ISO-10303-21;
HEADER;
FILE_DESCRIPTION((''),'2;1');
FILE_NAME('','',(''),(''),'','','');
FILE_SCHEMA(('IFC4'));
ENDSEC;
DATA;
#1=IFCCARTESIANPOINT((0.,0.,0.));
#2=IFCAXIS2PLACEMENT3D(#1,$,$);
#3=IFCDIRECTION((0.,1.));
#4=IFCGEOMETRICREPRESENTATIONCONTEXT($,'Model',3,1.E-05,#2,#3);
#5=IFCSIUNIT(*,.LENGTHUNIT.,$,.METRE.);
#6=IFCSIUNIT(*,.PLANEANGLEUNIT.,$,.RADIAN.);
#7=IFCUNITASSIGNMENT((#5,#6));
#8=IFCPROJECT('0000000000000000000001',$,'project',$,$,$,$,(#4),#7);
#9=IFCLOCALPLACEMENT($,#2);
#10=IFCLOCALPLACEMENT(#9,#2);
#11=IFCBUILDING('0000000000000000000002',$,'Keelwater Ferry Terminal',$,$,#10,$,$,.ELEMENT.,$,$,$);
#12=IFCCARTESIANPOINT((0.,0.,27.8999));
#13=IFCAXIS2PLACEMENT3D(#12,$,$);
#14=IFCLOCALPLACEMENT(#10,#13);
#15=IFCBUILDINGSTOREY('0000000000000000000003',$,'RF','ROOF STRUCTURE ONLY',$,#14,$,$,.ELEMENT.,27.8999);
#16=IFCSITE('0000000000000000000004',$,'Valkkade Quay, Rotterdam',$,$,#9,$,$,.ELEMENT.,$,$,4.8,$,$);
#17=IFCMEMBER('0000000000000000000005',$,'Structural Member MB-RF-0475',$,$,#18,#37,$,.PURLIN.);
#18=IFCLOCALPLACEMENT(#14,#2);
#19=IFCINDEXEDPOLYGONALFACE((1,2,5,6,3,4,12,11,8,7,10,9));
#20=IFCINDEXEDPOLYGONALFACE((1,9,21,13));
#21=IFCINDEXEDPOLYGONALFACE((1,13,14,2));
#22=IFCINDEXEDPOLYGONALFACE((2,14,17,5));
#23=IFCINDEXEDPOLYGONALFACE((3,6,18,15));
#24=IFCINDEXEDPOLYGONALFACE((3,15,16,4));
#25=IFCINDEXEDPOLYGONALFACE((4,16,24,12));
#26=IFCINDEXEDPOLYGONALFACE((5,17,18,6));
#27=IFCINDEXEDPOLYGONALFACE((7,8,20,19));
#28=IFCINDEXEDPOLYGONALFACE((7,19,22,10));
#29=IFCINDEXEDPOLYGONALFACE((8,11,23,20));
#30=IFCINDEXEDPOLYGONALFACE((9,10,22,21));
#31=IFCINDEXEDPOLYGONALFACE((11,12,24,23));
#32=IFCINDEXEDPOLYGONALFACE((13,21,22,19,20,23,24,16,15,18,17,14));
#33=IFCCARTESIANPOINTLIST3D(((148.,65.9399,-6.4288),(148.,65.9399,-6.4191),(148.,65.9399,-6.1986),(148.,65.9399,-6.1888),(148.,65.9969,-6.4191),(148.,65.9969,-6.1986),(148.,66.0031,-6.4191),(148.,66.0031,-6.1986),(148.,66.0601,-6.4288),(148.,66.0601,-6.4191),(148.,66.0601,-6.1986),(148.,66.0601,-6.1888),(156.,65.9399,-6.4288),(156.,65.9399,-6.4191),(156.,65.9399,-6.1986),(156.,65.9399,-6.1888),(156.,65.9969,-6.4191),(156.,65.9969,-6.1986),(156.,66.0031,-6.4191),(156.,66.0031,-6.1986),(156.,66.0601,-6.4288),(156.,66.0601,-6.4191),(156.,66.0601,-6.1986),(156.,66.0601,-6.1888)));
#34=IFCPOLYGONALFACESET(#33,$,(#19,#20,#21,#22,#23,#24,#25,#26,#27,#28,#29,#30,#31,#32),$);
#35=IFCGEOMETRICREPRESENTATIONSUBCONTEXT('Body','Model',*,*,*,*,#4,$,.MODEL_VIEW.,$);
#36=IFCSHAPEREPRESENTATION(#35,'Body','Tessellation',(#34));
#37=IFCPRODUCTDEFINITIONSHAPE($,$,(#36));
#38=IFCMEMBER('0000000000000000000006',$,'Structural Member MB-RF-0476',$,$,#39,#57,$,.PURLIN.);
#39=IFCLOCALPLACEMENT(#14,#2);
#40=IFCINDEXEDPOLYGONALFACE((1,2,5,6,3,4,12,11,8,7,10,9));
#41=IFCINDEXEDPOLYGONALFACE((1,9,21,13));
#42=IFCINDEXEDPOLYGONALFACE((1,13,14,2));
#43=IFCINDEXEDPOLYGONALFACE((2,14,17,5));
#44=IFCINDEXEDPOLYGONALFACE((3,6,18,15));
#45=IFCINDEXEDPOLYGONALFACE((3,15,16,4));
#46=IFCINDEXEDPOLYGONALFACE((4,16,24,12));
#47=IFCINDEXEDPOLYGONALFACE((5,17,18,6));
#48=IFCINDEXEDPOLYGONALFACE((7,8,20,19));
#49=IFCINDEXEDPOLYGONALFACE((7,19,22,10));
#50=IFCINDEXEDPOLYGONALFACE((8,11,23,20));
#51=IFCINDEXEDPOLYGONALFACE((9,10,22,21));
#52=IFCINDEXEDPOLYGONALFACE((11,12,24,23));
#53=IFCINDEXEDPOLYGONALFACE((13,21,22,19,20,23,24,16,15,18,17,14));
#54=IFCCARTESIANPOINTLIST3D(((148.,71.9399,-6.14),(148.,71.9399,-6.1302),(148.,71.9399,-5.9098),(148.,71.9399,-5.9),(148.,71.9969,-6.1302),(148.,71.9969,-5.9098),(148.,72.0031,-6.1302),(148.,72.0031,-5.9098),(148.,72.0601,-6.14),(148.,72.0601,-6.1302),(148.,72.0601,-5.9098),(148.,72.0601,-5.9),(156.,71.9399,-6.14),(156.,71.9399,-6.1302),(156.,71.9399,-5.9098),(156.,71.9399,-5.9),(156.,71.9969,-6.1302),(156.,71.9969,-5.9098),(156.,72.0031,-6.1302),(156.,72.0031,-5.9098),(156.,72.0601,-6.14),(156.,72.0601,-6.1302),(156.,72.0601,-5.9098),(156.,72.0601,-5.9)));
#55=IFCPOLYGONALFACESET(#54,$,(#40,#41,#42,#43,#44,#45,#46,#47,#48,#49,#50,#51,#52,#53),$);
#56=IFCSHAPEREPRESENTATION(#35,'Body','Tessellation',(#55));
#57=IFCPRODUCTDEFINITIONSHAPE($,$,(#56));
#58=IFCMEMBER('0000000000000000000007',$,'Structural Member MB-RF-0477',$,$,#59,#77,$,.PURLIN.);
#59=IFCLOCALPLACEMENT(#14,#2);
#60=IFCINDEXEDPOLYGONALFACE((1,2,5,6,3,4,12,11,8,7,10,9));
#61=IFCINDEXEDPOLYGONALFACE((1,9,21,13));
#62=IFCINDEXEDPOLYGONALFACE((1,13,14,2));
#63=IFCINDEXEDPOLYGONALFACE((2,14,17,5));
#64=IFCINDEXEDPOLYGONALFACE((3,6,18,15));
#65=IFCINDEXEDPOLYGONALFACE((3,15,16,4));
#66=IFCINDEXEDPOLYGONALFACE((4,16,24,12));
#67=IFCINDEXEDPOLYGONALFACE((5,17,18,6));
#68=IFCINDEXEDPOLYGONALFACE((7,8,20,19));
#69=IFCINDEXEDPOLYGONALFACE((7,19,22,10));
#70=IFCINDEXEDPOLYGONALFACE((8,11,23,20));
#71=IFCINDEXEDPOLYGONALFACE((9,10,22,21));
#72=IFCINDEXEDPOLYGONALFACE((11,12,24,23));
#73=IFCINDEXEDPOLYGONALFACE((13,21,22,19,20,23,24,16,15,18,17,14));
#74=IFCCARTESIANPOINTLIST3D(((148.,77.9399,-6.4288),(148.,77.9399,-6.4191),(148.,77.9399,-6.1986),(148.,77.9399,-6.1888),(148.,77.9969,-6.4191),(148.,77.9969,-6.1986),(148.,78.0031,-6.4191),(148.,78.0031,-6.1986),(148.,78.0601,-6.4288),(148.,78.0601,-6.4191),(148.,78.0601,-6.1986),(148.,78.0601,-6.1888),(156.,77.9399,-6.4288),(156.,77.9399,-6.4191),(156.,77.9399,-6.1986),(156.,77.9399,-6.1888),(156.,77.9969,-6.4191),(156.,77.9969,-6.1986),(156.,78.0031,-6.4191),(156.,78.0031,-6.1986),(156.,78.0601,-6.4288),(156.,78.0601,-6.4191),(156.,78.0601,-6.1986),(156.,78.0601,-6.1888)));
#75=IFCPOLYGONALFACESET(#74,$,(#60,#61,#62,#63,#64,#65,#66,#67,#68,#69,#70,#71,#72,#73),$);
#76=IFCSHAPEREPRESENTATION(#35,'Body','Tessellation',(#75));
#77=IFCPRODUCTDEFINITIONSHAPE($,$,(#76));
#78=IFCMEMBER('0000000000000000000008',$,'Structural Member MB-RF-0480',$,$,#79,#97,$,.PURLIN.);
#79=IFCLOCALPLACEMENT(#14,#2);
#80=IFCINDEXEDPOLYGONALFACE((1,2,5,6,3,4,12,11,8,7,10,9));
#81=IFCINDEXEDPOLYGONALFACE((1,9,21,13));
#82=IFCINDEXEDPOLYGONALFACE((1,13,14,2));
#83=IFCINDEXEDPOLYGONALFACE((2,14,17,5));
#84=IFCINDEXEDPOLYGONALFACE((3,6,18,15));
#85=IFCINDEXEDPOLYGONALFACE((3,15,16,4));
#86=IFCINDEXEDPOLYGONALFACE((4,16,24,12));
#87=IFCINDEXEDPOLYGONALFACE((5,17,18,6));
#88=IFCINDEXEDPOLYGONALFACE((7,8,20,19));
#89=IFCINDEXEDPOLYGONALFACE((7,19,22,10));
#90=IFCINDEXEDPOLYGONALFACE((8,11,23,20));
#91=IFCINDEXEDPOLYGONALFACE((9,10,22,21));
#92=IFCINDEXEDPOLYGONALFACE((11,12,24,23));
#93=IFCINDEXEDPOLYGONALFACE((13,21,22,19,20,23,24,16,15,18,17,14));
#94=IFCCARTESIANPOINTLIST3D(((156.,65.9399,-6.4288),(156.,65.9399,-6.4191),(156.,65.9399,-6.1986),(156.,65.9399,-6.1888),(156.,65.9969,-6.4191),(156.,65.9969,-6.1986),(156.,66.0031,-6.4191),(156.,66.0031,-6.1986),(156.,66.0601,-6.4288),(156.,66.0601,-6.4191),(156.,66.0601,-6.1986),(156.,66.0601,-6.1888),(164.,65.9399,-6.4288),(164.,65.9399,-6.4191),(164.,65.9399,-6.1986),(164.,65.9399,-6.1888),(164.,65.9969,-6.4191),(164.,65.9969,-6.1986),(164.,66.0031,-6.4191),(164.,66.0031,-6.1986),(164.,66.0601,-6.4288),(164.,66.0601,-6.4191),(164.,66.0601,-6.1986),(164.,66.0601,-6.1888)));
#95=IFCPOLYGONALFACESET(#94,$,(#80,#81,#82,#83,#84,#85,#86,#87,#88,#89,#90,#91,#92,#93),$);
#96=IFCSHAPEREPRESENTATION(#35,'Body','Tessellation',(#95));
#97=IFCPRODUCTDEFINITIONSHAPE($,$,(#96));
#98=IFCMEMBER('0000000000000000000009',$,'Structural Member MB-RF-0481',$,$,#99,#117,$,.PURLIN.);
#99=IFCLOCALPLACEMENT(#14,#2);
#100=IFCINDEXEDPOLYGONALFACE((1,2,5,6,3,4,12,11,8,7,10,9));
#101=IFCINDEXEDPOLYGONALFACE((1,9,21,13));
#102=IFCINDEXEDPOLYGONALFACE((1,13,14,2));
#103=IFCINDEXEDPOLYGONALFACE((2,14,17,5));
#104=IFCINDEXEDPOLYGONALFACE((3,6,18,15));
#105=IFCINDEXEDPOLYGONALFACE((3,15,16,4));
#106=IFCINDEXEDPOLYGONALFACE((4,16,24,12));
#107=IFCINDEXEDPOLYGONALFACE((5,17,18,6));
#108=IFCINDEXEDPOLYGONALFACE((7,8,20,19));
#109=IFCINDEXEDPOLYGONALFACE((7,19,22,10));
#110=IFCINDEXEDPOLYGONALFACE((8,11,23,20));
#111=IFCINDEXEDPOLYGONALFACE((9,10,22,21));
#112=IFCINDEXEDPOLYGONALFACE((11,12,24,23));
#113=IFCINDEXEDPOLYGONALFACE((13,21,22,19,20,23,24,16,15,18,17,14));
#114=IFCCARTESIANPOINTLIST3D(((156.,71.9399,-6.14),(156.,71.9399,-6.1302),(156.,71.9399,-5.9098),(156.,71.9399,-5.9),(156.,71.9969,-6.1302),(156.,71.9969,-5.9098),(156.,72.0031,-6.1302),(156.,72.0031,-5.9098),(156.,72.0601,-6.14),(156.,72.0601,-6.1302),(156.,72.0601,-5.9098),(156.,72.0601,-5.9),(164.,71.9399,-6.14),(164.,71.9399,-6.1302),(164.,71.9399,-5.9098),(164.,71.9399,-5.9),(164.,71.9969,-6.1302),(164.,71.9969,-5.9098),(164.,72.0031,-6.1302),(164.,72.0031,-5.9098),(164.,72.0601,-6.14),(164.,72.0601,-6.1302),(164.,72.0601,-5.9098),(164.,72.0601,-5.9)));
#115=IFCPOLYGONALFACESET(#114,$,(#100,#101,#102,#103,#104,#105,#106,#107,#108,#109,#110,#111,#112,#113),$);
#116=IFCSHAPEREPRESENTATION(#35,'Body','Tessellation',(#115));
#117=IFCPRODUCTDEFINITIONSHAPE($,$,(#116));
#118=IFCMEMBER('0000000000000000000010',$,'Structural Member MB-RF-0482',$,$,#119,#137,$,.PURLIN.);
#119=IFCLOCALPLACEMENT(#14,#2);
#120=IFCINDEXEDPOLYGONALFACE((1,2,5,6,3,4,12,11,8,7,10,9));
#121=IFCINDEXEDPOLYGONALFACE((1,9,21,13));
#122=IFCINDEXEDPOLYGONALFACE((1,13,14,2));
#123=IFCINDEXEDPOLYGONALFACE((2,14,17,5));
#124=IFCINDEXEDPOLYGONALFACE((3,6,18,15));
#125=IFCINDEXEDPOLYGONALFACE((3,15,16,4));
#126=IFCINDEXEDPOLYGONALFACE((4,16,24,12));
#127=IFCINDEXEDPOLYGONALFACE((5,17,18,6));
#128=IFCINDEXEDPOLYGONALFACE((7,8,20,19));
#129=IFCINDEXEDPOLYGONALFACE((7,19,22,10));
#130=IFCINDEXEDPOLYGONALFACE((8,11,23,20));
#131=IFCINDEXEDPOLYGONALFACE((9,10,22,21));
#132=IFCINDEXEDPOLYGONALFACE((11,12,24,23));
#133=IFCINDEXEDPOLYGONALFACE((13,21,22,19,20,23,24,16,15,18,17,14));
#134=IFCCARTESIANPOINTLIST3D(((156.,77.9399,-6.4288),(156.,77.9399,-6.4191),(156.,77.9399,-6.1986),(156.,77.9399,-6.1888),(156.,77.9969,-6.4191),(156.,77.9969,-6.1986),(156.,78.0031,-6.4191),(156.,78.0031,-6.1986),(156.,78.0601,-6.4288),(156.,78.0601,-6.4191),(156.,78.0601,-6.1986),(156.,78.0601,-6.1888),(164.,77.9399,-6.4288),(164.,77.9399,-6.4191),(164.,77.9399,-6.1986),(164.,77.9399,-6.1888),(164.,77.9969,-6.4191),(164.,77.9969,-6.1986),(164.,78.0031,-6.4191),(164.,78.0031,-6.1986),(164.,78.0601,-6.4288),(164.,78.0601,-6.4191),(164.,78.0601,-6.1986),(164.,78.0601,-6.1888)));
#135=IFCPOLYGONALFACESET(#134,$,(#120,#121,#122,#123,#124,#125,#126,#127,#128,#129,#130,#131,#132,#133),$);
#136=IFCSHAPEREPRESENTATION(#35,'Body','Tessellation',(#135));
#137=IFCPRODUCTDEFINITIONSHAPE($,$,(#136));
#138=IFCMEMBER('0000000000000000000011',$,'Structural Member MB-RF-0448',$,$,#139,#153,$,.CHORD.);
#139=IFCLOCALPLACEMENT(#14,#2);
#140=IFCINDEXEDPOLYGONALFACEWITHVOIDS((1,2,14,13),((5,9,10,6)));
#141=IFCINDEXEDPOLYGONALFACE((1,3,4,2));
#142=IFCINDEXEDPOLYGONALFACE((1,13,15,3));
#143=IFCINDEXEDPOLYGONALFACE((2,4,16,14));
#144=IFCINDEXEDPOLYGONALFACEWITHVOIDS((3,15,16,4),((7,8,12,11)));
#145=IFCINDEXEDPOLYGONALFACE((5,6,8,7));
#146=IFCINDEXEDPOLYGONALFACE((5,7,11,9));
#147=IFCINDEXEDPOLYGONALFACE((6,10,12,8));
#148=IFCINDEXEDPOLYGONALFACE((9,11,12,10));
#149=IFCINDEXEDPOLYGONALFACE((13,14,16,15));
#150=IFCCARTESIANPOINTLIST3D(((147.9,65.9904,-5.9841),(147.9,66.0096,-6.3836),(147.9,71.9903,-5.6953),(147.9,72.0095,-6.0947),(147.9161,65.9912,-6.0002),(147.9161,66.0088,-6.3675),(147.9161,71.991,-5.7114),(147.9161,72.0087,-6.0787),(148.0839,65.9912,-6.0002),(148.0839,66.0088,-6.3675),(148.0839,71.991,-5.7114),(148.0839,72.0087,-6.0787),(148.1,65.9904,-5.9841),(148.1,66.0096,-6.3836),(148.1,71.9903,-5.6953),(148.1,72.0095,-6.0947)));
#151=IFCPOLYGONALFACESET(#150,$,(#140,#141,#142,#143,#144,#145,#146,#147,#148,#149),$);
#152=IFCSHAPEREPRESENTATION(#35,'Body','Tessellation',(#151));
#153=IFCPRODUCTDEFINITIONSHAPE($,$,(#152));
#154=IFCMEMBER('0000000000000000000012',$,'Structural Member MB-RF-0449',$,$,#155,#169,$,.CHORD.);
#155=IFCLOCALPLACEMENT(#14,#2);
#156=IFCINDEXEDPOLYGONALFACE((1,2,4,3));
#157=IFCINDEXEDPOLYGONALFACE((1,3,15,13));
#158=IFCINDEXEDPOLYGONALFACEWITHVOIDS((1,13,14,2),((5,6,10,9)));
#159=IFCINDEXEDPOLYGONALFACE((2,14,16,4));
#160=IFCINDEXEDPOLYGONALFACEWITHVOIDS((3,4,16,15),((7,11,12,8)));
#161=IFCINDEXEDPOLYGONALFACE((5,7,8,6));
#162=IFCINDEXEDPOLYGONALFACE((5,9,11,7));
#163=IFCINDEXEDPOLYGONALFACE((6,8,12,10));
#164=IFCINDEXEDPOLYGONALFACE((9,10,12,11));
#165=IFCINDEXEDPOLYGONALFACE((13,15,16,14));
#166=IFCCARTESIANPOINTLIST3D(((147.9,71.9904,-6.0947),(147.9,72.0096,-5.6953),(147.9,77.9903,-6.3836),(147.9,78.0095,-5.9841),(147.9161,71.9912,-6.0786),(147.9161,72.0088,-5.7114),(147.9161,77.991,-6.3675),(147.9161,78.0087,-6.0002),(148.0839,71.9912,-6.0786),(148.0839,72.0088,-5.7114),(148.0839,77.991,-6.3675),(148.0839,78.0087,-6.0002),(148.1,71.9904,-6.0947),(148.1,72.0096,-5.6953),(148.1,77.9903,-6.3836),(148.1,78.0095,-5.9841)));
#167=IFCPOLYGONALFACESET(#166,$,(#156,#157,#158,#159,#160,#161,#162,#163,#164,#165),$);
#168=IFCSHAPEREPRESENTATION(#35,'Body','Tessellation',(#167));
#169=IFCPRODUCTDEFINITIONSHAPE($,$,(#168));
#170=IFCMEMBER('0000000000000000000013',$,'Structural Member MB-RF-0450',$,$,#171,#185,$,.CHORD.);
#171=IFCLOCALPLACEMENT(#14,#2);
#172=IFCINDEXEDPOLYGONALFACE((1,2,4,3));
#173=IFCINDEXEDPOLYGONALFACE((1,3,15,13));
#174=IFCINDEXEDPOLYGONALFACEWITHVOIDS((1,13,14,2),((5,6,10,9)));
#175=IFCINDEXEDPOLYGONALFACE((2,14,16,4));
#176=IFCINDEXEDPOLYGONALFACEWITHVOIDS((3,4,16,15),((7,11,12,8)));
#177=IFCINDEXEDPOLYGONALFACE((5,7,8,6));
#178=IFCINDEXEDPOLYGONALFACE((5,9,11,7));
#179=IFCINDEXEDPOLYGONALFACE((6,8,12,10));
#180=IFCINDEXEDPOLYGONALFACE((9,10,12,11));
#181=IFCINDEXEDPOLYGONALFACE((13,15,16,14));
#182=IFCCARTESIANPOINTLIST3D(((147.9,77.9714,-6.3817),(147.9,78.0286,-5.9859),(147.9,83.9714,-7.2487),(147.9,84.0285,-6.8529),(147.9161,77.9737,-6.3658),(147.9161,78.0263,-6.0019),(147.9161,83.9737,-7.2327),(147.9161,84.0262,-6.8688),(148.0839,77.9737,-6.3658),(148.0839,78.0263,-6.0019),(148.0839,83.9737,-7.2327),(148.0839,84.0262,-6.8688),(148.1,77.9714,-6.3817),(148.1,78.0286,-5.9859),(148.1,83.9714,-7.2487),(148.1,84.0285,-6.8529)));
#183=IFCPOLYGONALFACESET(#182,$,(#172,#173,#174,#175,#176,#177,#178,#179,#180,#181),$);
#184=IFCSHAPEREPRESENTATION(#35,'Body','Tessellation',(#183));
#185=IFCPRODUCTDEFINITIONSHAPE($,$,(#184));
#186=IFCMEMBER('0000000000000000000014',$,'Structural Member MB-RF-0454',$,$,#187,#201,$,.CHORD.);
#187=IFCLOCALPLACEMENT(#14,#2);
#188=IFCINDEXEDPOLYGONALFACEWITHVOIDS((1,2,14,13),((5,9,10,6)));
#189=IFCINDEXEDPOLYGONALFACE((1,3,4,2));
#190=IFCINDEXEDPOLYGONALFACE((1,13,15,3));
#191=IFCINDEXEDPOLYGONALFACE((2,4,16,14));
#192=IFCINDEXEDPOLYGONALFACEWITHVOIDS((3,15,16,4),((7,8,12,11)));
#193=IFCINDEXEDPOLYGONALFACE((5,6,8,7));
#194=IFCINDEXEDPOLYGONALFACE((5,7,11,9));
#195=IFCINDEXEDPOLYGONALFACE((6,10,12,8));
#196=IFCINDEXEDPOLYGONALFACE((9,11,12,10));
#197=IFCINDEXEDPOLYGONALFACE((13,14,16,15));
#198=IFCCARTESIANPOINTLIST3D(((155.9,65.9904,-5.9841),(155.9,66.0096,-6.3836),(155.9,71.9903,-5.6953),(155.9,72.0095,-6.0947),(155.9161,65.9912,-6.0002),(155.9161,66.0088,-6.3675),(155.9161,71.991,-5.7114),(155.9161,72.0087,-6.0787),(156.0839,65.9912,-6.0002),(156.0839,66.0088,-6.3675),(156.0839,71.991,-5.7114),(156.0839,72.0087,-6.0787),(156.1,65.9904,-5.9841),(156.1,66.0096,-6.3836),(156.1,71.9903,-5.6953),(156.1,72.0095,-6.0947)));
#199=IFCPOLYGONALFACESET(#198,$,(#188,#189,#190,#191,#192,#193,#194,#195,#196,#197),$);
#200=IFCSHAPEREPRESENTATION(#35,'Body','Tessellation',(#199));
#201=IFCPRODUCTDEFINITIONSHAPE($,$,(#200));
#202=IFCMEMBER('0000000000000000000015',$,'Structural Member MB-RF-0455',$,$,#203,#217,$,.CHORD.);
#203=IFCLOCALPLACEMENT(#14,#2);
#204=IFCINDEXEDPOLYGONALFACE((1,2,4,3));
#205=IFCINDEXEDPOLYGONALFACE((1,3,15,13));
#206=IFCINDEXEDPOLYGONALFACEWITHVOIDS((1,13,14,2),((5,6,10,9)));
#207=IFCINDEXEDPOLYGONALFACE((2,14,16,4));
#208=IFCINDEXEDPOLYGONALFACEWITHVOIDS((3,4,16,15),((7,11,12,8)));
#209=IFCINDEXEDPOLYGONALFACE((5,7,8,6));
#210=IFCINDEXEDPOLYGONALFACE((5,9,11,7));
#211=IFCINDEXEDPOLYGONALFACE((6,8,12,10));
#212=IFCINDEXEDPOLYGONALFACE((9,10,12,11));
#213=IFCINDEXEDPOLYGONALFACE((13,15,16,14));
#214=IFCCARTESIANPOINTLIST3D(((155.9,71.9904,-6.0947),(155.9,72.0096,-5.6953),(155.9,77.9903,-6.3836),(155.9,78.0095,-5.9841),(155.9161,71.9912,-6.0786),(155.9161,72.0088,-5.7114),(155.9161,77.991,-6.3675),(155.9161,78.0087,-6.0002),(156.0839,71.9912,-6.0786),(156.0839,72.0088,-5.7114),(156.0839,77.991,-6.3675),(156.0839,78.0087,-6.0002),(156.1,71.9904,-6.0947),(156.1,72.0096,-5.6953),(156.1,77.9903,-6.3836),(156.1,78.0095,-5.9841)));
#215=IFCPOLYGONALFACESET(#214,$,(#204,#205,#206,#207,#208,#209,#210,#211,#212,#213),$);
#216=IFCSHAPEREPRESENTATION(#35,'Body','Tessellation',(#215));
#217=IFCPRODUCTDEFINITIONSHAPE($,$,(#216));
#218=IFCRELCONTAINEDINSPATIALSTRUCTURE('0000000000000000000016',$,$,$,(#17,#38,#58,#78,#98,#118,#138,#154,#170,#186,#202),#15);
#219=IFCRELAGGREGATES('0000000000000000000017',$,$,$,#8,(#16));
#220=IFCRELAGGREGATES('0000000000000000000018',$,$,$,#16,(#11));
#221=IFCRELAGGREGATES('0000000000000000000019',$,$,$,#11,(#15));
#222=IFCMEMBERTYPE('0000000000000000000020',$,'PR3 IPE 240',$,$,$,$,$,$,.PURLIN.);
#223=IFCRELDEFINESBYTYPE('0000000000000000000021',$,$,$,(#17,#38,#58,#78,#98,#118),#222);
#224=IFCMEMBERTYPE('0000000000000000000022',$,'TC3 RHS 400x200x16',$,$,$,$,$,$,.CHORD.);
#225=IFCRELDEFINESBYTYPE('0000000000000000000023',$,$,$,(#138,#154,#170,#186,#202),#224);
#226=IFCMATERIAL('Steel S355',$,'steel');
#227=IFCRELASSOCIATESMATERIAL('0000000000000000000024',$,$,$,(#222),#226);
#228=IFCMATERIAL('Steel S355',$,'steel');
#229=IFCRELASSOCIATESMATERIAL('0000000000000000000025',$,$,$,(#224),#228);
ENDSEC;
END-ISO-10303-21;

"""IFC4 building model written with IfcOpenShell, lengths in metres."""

from ifc_helpers import new_model, si_unit, direction, frame, origin, origin_2d, place, context, subcontext, project, spatial, hollow_rectangle, i_section, extrude, material, material_profile, profile_set, type_object, element, save


model = new_model("IFC4")

# Units and contexts
model_context = context("Model", 3, precision=1e-05, world=origin(), true_north=direction((0.0, 1.0)))
body_context = subcontext(model_context, "Body", "Model", "MODEL_VIEW")
ifc_project = project(units=[si_unit("LENGTHUNIT", "METRE"), si_unit("PLANEANGLEUNIT", "RADIAN")], contexts=[model_context])

# Site, building, storey
site_placement = place(None, origin())
site = spatial("IfcSite", under=ifc_project, at=site_placement, Name="Valkkade Quay, Rotterdam", CompositionType="ELEMENT", RefElevation=4.8)
building_placement = place(site_placement, origin())
building = spatial("IfcBuilding", under=site, at=building_placement, Name="Keelwater Ferry Terminal", CompositionType="ELEMENT")
storey_placement = place(building_placement, frame((0.0, 0.0, 27.8999)))
storey = spatial("IfcBuildingStorey", under=building, at=storey_placement, Name="RF", Description="ROOF STRUCTURE ONLY", CompositionType="ELEMENT", Elevation=27.8999)

# Members
ifc_material_1 = material(Name="Steel S355", Category="steel")
ifc_material_profile_1 = material_profile(ifc_material_1, i_section(OverallWidth=0.1201, OverallDepth=0.24, WebThickness=0.0061, FlangeThickness=0.0098, at=origin_2d()), Name="IPE 240")
ifc_profile_set_1 = profile_set([ifc_material_profile_1], Name="Steel S355")
member_type_1 = type_object("IfcMemberType", Name="PR3 IPE 240", PredefinedType="PURLIN", material=ifc_profile_set_1)
for number, where, z_axis, x_axis, name in (
    (1, (148.0, 66.0, -6.3088), (1.0, 0.0, 0.0), (0.0, 1.0, 0.0), "Structural Member MB-RF-0475"),
    (2, (148.0, 72.0, -6.02), (1.0, 0.0, 0.0), (0.0, 1.0, 0.0), "Structural Member MB-RF-0476"),
    (3, (148.0, 78.0, -6.3088), (1.0, 0.0, 0.0), (0.0, 1.0, 0.0), "Structural Member MB-RF-0477"),
    (4, (156.0, 66.0, -6.3088), (1.0, 0.0, 0.0), (0.0, 1.0, 0.0), "Structural Member MB-RF-0480"),
    (5, (156.0, 72.0, -6.02), (1.0, 0.0, 0.0), (0.0, 1.0, 0.0), "Structural Member MB-RF-0481"),
    (6, (156.0, 78.0, -6.3088), (1.0, 0.0, 0.0), (0.0, 1.0, 0.0), "Structural Member MB-RF-0482"),
):
    element("IfcMember", number, at=place(storey_placement, frame(where, z_axis=z_axis, x_axis=x_axis)), inside=storey, type_object=member_type_1, Name=name, PredefinedType="PURLIN", context=body_context, shape_type="SweptSolid", body=[
        extrude(i_section(OverallWidth=0.1201, OverallDepth=0.24, WebThickness=0.0061, FlangeThickness=0.0098, at=origin_2d()), origin(), (0.0, 0.0, 1.0), 8.0),
    ])
ifc_material_2 = material(Name="Steel S355", Category="steel")
ifc_material_profile_2 = material_profile(ifc_material_2, hollow_rectangle(XDim=0.2, YDim=0.3999, WallThickness=0.0161, at=origin_2d()), Name="RHS 400x200x16")
ifc_profile_set_2 = profile_set([ifc_material_profile_2], Name="Steel S355")
member_type_2 = type_object("IfcMemberType", Name="TC3 RHS 400x200x16", PredefinedType="CHORD", material=ifc_profile_set_2)
for number, where, z_axis, x_axis, name in (
    (7, (148.0, 66.0, -6.1838), (0.0, 0.998843, 0.048081), (-1.0, 0.0, 0.0), "Structural Member MB-RF-0448"),
    (8, (148.0, 72.0, -5.895), (0.0, 0.998843, -0.048081), (-1.0, 0.0, 0.0), "Structural Member MB-RF-0449"),
):
    element("IfcMember", number, at=place(storey_placement, frame(where, z_axis=z_axis, x_axis=x_axis)), inside=storey, type_object=member_type_2, Name=name, PredefinedType="CHORD", context=body_context, shape_type="SweptSolid", body=[
        extrude(hollow_rectangle(XDim=0.2, YDim=0.3999, WallThickness=0.0161, at=origin_2d()), origin(), (0.0, 0.0, 1.0), 6.0068),
    ])
member_1_placement = place(storey_placement, frame((148.0, 78.0, -6.1838), z_axis=(0.0, 0.989722, -0.143005), x_axis=(-1.0, 0.0, 0.0)))
element("IfcMember", 9, at=member_1_placement, inside=storey, type_object=member_type_2, Name="Structural Member MB-RF-0450", PredefinedType="CHORD", context=body_context, shape_type="SweptSolid", body=[
    extrude(hollow_rectangle(XDim=0.2, YDim=0.3999, WallThickness=0.0161, at=origin_2d()), origin(), (0.0, 0.0, 1.0), 6.0623),
])
for number, where, z_axis, x_axis, name in (
    (10, (156.0, 66.0, -6.1838), (0.0, 0.998843, 0.048081), (-1.0, 0.0, 0.0), "Structural Member MB-RF-0454"),
    (11, (156.0, 72.0, -5.895), (0.0, 0.998843, -0.048081), (-1.0, 0.0, 0.0), "Structural Member MB-RF-0455"),
):
    element("IfcMember", number, at=place(storey_placement, frame(where, z_axis=z_axis, x_axis=x_axis)), inside=storey, type_object=member_type_2, Name=name, PredefinedType="CHORD", context=body_context, shape_type="SweptSolid", body=[
        extrude(hollow_rectangle(XDim=0.2, YDim=0.3999, WallThickness=0.0161, at=origin_2d()), origin(), (0.0, 0.0, 1.0), 6.0068),
    ])

save(model, "model.ifc")
